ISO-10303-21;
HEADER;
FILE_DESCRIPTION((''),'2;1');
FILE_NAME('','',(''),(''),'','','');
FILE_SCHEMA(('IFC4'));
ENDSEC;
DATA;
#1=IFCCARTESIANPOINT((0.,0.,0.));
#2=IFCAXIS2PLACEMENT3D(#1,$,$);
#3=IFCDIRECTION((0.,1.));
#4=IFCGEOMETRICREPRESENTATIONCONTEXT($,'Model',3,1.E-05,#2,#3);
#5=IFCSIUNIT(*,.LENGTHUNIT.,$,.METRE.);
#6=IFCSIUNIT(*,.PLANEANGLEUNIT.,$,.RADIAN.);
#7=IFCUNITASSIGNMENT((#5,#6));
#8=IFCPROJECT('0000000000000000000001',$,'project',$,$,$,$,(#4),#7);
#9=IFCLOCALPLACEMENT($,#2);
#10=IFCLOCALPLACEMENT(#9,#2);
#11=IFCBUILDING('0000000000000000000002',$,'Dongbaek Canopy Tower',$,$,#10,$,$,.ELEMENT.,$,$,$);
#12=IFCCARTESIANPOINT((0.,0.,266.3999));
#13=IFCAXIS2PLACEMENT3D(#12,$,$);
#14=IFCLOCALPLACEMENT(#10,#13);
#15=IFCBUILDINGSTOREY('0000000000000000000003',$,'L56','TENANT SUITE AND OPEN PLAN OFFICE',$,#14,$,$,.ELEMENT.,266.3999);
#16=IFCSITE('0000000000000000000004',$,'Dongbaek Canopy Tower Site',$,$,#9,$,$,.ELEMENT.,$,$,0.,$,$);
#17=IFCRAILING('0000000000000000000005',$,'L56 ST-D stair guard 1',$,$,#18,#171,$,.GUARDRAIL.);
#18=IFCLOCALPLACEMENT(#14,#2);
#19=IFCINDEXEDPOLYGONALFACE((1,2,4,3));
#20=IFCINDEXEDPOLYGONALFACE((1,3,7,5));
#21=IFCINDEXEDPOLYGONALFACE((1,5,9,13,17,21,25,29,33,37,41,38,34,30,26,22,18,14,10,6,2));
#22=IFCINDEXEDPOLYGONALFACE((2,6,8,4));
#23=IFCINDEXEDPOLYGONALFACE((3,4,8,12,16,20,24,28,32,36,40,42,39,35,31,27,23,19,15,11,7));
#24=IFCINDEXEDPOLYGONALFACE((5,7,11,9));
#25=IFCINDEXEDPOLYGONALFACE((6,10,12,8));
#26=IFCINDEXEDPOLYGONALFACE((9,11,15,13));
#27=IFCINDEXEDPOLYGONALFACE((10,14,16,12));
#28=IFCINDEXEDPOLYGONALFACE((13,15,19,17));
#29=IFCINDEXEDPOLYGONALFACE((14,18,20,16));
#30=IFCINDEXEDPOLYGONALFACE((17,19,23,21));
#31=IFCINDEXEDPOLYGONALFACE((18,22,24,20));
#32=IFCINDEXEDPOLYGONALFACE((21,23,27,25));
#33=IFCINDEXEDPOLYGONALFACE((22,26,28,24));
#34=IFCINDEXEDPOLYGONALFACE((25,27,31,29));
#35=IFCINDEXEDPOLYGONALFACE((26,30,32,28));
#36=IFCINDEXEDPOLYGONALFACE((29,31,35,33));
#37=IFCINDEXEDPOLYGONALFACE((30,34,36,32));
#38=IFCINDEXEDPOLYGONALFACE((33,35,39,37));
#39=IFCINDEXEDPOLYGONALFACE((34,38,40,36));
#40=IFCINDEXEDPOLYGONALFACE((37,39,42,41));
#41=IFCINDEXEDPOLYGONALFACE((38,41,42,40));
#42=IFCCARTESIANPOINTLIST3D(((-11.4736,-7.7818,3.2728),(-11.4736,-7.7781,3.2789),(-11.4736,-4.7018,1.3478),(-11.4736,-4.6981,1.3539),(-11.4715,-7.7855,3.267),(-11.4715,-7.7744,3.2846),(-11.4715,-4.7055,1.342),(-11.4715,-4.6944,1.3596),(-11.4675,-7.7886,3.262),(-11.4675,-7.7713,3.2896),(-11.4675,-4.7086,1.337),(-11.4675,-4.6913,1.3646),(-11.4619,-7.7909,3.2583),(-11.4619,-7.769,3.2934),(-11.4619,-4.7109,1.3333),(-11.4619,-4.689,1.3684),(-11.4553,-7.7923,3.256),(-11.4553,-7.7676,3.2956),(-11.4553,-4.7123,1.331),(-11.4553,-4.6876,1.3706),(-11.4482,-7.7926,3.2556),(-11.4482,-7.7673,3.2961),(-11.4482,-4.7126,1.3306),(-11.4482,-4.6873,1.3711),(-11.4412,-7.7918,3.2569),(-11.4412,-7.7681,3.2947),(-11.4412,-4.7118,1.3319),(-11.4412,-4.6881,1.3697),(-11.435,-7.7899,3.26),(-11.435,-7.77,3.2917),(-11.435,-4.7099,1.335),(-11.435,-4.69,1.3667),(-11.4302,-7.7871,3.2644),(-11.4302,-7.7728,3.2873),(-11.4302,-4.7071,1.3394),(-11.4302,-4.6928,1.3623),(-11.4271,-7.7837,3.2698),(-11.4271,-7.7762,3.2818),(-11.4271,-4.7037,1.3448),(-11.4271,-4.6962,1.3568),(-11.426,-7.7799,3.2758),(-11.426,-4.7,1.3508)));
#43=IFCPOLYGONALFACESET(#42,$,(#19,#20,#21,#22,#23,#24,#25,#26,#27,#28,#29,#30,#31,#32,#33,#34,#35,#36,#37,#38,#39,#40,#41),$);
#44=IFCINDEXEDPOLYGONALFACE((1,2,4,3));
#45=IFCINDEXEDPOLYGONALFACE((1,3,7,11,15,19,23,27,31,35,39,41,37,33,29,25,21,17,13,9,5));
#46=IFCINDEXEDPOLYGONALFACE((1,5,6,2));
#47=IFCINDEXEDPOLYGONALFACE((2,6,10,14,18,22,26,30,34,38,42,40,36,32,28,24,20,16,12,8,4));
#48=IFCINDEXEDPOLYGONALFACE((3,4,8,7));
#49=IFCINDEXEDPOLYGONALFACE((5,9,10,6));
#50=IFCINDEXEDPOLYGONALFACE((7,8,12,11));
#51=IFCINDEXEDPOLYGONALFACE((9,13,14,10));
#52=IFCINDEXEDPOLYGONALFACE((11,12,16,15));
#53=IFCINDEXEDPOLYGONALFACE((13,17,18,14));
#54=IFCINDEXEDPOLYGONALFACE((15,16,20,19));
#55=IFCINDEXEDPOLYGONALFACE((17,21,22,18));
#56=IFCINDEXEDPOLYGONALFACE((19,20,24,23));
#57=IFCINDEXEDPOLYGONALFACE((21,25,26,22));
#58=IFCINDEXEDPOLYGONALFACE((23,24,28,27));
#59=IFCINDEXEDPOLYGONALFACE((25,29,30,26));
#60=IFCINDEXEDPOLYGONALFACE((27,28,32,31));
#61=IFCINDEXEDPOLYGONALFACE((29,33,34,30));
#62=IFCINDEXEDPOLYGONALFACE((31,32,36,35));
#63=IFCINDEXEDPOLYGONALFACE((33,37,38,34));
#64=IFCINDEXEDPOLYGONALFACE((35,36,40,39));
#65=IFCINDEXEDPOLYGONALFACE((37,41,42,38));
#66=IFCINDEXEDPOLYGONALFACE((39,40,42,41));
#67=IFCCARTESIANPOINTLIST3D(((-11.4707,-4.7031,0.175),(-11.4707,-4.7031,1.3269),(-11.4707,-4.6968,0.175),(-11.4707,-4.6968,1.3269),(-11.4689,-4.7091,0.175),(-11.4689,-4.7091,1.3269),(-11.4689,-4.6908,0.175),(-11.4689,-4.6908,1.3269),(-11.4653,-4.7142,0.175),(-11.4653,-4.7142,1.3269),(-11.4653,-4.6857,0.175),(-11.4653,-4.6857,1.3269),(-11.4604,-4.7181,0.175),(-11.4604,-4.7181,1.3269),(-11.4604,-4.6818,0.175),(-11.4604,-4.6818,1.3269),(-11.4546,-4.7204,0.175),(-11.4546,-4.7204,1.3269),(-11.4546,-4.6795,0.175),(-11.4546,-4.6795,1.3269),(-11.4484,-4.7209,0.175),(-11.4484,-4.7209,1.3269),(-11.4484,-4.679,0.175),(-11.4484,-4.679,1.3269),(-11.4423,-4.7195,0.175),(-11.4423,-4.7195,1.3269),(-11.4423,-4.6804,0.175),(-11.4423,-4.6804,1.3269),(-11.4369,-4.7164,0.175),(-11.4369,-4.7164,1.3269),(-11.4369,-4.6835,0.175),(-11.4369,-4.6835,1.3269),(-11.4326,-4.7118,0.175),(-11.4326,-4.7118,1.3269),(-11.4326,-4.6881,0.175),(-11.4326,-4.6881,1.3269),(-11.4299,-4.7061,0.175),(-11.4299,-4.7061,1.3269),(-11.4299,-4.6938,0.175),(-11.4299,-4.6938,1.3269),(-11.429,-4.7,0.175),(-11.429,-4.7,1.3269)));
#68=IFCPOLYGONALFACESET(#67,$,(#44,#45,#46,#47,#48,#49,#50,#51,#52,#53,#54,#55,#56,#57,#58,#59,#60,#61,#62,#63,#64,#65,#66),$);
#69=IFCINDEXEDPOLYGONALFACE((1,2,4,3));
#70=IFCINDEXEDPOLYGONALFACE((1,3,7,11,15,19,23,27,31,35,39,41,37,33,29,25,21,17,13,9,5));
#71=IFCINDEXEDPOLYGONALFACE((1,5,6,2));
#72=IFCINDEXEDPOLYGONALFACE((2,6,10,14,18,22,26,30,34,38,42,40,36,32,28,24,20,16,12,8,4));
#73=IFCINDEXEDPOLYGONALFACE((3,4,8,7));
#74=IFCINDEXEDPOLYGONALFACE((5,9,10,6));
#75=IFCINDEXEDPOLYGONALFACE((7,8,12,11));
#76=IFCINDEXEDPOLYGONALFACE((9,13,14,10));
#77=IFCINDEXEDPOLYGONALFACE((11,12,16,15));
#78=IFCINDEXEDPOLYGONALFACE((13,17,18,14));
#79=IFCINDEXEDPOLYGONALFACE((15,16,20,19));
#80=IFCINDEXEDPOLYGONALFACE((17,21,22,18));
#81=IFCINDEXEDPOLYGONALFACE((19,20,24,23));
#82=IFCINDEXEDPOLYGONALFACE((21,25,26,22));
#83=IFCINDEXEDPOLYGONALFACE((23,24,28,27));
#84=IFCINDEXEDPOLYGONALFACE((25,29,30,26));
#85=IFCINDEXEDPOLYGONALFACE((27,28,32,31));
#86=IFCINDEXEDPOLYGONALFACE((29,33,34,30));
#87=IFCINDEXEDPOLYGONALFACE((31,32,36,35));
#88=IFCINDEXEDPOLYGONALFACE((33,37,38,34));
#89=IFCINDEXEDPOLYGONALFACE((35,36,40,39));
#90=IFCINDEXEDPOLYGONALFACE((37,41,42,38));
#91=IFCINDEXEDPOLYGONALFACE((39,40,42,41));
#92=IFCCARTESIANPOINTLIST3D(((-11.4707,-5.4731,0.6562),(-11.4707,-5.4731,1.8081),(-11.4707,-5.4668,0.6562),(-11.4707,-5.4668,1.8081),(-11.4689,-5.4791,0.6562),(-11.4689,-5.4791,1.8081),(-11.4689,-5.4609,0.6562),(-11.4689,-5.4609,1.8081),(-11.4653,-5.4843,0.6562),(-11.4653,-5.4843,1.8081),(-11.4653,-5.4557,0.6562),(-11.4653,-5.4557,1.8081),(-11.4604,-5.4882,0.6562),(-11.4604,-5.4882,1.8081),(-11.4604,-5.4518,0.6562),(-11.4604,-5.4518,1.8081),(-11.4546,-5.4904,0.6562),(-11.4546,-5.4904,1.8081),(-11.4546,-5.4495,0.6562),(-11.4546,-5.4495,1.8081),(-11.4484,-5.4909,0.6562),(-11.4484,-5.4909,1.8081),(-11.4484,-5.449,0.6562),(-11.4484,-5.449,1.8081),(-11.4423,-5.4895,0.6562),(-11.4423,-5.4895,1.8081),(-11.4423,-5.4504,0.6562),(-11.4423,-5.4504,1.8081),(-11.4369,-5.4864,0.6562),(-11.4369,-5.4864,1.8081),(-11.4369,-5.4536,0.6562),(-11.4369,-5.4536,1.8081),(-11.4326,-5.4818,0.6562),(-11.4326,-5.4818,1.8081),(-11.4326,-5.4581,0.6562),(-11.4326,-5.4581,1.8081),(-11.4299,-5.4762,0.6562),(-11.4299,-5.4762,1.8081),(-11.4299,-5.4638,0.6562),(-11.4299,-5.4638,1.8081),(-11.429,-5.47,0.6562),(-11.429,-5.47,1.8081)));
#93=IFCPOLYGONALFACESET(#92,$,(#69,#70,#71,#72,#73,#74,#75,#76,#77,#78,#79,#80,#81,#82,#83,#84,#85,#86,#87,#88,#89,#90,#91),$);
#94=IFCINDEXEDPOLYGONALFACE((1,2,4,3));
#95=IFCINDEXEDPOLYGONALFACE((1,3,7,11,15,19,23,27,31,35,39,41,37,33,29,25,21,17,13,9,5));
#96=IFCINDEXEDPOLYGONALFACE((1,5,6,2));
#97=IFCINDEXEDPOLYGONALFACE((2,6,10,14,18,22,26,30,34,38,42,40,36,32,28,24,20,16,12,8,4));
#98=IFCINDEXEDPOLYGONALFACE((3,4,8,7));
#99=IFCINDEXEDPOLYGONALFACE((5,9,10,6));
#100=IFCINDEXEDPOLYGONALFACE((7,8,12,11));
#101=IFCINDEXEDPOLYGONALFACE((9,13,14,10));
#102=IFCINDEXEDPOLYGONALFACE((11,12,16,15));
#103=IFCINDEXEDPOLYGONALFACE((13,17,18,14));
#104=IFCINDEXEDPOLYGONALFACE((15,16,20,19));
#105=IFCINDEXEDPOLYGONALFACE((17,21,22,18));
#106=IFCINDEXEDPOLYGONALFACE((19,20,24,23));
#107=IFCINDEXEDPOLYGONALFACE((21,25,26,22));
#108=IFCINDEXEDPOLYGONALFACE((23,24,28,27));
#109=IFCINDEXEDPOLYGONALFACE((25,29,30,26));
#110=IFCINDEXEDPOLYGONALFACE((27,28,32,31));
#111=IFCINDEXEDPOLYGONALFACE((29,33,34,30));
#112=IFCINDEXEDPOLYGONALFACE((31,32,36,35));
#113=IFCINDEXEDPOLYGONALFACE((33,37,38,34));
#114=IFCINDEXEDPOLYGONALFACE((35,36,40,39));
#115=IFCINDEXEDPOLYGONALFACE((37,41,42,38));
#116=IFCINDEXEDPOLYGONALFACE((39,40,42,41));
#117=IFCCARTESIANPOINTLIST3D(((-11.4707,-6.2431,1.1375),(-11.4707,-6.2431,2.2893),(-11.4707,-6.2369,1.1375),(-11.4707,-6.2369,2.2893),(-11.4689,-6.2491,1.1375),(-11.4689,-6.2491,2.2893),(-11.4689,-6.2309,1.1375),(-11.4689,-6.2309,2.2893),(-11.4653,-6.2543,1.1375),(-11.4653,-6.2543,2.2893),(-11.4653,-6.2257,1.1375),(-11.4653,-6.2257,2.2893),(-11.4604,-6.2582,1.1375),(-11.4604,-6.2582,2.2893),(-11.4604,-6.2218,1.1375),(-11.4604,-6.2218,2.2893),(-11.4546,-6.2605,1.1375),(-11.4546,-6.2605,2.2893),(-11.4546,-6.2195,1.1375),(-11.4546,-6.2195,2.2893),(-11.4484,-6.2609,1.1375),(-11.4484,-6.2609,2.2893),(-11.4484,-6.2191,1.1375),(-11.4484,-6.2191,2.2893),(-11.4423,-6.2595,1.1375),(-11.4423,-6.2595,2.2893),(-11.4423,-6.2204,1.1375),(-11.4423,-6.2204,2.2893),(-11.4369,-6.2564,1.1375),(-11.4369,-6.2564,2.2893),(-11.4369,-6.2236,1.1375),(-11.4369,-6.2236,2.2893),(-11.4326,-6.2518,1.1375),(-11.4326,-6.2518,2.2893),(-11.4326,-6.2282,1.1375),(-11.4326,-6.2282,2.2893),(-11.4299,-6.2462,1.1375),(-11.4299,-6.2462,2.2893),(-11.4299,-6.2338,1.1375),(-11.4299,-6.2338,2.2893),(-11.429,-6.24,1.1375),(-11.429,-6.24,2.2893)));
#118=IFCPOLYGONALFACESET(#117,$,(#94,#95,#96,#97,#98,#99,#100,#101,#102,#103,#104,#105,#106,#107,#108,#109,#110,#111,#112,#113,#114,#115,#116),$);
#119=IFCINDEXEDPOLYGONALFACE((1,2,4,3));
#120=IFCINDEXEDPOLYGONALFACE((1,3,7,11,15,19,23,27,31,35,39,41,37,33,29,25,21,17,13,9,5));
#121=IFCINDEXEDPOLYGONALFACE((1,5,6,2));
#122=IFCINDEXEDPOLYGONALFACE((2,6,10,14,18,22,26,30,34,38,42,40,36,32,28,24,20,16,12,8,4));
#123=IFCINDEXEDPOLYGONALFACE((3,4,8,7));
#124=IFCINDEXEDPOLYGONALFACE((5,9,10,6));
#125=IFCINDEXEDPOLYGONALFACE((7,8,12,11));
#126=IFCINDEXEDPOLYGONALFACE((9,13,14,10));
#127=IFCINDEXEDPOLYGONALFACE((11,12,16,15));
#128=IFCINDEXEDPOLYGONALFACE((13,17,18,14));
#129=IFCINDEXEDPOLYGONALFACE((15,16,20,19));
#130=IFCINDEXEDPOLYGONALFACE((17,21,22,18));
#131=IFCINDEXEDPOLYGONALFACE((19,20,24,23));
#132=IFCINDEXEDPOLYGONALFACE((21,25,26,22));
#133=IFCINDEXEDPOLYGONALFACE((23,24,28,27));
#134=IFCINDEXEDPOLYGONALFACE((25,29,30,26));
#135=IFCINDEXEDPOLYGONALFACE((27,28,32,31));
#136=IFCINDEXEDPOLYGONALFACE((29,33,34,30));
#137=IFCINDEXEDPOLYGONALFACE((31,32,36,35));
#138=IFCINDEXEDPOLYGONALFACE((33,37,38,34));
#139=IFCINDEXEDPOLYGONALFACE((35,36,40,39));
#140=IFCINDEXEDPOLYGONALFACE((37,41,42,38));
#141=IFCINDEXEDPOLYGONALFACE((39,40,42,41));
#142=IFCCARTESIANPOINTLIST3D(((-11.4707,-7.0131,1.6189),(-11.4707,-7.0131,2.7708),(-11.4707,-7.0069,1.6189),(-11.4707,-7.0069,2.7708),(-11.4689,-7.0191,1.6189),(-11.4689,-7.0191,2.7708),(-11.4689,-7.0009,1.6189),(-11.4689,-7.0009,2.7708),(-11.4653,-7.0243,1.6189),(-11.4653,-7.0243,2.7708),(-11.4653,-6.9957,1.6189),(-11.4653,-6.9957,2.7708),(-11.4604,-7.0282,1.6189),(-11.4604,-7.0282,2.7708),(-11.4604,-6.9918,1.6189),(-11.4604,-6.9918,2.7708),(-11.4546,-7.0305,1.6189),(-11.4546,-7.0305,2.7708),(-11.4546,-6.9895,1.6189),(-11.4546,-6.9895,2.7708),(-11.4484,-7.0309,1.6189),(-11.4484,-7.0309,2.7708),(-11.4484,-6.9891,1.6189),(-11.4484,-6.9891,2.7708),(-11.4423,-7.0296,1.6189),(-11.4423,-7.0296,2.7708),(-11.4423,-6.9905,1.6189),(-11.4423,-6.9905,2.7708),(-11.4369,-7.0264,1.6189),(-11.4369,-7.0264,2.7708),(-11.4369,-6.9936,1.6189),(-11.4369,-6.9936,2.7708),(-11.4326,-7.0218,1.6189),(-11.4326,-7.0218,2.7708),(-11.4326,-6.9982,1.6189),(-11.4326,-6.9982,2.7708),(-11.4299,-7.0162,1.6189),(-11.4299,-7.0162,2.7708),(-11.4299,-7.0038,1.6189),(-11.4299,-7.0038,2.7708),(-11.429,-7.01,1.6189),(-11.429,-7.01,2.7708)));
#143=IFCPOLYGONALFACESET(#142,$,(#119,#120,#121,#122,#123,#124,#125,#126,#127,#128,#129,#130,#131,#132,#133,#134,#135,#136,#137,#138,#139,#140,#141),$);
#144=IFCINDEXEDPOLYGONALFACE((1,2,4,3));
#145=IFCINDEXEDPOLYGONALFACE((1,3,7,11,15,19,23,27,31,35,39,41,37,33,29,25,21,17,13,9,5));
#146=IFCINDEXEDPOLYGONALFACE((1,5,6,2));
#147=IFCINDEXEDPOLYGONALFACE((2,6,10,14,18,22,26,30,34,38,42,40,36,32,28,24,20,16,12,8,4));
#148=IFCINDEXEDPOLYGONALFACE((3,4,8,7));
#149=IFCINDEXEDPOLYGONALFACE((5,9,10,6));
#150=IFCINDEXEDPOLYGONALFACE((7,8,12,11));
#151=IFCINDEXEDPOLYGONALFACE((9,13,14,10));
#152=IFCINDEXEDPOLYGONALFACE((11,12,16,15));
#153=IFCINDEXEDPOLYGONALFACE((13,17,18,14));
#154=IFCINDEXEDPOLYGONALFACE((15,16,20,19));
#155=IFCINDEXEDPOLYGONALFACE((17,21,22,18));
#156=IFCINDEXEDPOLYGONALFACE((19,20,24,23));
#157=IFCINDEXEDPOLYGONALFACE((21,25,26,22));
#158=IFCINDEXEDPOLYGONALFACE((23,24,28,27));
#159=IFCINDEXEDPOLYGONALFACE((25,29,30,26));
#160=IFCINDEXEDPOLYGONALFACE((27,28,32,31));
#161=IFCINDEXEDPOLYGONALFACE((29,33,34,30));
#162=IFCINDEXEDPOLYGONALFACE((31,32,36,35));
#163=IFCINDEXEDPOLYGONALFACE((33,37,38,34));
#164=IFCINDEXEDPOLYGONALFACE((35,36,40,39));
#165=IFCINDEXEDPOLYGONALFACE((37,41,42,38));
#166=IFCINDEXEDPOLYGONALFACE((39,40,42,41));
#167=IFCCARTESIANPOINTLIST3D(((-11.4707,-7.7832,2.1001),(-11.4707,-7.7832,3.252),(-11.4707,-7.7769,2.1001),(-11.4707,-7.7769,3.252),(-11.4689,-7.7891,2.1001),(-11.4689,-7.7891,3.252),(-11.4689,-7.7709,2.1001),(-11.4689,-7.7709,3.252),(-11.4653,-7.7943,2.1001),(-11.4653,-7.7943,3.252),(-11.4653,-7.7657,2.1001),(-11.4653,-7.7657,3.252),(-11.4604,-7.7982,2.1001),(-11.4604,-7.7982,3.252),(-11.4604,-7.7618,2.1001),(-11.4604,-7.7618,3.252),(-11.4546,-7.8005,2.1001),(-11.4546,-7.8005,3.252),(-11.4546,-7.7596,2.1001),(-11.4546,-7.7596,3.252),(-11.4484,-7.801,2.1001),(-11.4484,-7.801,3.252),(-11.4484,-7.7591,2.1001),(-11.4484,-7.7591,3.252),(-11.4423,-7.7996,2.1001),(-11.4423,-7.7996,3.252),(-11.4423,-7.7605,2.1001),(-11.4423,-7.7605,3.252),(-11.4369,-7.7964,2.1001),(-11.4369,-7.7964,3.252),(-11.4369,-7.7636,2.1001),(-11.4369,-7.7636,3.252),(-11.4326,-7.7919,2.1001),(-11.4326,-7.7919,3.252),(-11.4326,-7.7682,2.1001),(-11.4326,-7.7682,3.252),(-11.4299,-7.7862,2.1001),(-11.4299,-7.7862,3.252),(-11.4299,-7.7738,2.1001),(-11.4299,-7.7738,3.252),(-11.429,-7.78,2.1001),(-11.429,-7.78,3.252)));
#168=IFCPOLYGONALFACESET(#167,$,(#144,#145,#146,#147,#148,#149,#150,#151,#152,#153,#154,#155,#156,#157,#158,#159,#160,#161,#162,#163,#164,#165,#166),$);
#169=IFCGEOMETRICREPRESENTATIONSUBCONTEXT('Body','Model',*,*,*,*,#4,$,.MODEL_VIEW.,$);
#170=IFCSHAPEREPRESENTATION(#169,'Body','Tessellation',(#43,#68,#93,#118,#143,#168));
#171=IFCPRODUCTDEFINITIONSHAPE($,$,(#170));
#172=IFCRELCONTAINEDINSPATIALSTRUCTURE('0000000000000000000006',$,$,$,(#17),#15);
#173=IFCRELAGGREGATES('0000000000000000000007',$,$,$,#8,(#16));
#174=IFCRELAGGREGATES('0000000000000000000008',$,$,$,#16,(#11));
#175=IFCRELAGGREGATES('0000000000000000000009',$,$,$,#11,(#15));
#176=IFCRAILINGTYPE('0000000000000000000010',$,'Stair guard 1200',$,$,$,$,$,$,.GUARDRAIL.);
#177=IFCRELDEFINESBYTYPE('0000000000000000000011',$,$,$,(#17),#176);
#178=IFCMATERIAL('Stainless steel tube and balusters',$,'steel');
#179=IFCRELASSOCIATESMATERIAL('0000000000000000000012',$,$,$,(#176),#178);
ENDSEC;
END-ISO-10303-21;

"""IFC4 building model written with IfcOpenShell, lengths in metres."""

from ifc_helpers import new_model, si_unit, direction, frame, origin, origin_2d, place, context, subcontext, project, spatial, circle, extrude, material, type_object, element, save


model = new_model("IFC4")

# Units and contexts
model_context = context("Model", 3, precision=1e-05, world=origin(), true_north=direction((0.0, 1.0)))
body_context = subcontext(model_context, "Body", "Model", "MODEL_VIEW")
ifc_project = project(units=[si_unit("LENGTHUNIT", "METRE"), si_unit("PLANEANGLEUNIT", "RADIAN")], contexts=[model_context])

# Site, building, storey
site_placement = place(None, origin())
site = spatial("IfcSite", under=ifc_project, at=site_placement, Name="Dongbaek Canopy Tower Site", CompositionType="ELEMENT", RefElevation=0.0)
building_placement = place(site_placement, origin())
building = spatial("IfcBuilding", under=site, at=building_placement, Name="Dongbaek Canopy Tower", CompositionType="ELEMENT")
storey_placement = place(building_placement, frame((0.0, 0.0, 266.3999)))
storey = spatial("IfcBuildingStorey", under=building, at=storey_placement, Name="L56", Description="TENANT SUITE AND OPEN PLAN OFFICE", CompositionType="ELEMENT", Elevation=266.3999)

# Railing
ifc_material_1 = material(Name="Stainless steel tube and balusters", Category="steel")
railing_type_1 = type_object("IfcRailingType", Name="Stair guard 1200", PredefinedType="GUARDRAIL", material=ifc_material_1)
railing_1_placement = place(storey_placement, frame((-11.45, -4.7, 0.175)))
element("IfcRailing", 1, at=railing_1_placement, inside=storey, type_object=railing_type_1, Name="L56 ST-D stair guard 1", PredefinedType="GUARDRAIL", context=body_context, shape_type="SweptSolid", body=[
    extrude(circle(Radius=0.0239, at=origin_2d()), frame((0.0, 0.0, 1.1758), z_axis=(0.0, -0.847998, 0.529999), x_axis=(1.0, 0.0, 0.0)), (0.0, 0.0, 1.0), 3.6321),
    extrude(circle(Radius=0.021, at=origin_2d()), origin(), (0.0, 0.0, 1.0), 1.1519),
    extrude(circle(Radius=0.021, at=origin_2d()), frame((0.0, -0.77, 0.4812)), (0.0, 0.0, 1.0), 1.1519),
    extrude(circle(Radius=0.021, at=origin_2d()), frame((0.0, -1.54, 0.9624)), (0.0, 0.0, 1.0), 1.1519),
    extrude(circle(Radius=0.021, at=origin_2d()), frame((0.0, -2.3101, 1.4438)), (0.0, 0.0, 1.0), 1.1519),
    extrude(circle(Radius=0.021, at=origin_2d()), frame((0.0, -3.0801, 1.925)), (0.0, 0.0, 1.0), 1.1519),
])

save(model, "model.ifc")
